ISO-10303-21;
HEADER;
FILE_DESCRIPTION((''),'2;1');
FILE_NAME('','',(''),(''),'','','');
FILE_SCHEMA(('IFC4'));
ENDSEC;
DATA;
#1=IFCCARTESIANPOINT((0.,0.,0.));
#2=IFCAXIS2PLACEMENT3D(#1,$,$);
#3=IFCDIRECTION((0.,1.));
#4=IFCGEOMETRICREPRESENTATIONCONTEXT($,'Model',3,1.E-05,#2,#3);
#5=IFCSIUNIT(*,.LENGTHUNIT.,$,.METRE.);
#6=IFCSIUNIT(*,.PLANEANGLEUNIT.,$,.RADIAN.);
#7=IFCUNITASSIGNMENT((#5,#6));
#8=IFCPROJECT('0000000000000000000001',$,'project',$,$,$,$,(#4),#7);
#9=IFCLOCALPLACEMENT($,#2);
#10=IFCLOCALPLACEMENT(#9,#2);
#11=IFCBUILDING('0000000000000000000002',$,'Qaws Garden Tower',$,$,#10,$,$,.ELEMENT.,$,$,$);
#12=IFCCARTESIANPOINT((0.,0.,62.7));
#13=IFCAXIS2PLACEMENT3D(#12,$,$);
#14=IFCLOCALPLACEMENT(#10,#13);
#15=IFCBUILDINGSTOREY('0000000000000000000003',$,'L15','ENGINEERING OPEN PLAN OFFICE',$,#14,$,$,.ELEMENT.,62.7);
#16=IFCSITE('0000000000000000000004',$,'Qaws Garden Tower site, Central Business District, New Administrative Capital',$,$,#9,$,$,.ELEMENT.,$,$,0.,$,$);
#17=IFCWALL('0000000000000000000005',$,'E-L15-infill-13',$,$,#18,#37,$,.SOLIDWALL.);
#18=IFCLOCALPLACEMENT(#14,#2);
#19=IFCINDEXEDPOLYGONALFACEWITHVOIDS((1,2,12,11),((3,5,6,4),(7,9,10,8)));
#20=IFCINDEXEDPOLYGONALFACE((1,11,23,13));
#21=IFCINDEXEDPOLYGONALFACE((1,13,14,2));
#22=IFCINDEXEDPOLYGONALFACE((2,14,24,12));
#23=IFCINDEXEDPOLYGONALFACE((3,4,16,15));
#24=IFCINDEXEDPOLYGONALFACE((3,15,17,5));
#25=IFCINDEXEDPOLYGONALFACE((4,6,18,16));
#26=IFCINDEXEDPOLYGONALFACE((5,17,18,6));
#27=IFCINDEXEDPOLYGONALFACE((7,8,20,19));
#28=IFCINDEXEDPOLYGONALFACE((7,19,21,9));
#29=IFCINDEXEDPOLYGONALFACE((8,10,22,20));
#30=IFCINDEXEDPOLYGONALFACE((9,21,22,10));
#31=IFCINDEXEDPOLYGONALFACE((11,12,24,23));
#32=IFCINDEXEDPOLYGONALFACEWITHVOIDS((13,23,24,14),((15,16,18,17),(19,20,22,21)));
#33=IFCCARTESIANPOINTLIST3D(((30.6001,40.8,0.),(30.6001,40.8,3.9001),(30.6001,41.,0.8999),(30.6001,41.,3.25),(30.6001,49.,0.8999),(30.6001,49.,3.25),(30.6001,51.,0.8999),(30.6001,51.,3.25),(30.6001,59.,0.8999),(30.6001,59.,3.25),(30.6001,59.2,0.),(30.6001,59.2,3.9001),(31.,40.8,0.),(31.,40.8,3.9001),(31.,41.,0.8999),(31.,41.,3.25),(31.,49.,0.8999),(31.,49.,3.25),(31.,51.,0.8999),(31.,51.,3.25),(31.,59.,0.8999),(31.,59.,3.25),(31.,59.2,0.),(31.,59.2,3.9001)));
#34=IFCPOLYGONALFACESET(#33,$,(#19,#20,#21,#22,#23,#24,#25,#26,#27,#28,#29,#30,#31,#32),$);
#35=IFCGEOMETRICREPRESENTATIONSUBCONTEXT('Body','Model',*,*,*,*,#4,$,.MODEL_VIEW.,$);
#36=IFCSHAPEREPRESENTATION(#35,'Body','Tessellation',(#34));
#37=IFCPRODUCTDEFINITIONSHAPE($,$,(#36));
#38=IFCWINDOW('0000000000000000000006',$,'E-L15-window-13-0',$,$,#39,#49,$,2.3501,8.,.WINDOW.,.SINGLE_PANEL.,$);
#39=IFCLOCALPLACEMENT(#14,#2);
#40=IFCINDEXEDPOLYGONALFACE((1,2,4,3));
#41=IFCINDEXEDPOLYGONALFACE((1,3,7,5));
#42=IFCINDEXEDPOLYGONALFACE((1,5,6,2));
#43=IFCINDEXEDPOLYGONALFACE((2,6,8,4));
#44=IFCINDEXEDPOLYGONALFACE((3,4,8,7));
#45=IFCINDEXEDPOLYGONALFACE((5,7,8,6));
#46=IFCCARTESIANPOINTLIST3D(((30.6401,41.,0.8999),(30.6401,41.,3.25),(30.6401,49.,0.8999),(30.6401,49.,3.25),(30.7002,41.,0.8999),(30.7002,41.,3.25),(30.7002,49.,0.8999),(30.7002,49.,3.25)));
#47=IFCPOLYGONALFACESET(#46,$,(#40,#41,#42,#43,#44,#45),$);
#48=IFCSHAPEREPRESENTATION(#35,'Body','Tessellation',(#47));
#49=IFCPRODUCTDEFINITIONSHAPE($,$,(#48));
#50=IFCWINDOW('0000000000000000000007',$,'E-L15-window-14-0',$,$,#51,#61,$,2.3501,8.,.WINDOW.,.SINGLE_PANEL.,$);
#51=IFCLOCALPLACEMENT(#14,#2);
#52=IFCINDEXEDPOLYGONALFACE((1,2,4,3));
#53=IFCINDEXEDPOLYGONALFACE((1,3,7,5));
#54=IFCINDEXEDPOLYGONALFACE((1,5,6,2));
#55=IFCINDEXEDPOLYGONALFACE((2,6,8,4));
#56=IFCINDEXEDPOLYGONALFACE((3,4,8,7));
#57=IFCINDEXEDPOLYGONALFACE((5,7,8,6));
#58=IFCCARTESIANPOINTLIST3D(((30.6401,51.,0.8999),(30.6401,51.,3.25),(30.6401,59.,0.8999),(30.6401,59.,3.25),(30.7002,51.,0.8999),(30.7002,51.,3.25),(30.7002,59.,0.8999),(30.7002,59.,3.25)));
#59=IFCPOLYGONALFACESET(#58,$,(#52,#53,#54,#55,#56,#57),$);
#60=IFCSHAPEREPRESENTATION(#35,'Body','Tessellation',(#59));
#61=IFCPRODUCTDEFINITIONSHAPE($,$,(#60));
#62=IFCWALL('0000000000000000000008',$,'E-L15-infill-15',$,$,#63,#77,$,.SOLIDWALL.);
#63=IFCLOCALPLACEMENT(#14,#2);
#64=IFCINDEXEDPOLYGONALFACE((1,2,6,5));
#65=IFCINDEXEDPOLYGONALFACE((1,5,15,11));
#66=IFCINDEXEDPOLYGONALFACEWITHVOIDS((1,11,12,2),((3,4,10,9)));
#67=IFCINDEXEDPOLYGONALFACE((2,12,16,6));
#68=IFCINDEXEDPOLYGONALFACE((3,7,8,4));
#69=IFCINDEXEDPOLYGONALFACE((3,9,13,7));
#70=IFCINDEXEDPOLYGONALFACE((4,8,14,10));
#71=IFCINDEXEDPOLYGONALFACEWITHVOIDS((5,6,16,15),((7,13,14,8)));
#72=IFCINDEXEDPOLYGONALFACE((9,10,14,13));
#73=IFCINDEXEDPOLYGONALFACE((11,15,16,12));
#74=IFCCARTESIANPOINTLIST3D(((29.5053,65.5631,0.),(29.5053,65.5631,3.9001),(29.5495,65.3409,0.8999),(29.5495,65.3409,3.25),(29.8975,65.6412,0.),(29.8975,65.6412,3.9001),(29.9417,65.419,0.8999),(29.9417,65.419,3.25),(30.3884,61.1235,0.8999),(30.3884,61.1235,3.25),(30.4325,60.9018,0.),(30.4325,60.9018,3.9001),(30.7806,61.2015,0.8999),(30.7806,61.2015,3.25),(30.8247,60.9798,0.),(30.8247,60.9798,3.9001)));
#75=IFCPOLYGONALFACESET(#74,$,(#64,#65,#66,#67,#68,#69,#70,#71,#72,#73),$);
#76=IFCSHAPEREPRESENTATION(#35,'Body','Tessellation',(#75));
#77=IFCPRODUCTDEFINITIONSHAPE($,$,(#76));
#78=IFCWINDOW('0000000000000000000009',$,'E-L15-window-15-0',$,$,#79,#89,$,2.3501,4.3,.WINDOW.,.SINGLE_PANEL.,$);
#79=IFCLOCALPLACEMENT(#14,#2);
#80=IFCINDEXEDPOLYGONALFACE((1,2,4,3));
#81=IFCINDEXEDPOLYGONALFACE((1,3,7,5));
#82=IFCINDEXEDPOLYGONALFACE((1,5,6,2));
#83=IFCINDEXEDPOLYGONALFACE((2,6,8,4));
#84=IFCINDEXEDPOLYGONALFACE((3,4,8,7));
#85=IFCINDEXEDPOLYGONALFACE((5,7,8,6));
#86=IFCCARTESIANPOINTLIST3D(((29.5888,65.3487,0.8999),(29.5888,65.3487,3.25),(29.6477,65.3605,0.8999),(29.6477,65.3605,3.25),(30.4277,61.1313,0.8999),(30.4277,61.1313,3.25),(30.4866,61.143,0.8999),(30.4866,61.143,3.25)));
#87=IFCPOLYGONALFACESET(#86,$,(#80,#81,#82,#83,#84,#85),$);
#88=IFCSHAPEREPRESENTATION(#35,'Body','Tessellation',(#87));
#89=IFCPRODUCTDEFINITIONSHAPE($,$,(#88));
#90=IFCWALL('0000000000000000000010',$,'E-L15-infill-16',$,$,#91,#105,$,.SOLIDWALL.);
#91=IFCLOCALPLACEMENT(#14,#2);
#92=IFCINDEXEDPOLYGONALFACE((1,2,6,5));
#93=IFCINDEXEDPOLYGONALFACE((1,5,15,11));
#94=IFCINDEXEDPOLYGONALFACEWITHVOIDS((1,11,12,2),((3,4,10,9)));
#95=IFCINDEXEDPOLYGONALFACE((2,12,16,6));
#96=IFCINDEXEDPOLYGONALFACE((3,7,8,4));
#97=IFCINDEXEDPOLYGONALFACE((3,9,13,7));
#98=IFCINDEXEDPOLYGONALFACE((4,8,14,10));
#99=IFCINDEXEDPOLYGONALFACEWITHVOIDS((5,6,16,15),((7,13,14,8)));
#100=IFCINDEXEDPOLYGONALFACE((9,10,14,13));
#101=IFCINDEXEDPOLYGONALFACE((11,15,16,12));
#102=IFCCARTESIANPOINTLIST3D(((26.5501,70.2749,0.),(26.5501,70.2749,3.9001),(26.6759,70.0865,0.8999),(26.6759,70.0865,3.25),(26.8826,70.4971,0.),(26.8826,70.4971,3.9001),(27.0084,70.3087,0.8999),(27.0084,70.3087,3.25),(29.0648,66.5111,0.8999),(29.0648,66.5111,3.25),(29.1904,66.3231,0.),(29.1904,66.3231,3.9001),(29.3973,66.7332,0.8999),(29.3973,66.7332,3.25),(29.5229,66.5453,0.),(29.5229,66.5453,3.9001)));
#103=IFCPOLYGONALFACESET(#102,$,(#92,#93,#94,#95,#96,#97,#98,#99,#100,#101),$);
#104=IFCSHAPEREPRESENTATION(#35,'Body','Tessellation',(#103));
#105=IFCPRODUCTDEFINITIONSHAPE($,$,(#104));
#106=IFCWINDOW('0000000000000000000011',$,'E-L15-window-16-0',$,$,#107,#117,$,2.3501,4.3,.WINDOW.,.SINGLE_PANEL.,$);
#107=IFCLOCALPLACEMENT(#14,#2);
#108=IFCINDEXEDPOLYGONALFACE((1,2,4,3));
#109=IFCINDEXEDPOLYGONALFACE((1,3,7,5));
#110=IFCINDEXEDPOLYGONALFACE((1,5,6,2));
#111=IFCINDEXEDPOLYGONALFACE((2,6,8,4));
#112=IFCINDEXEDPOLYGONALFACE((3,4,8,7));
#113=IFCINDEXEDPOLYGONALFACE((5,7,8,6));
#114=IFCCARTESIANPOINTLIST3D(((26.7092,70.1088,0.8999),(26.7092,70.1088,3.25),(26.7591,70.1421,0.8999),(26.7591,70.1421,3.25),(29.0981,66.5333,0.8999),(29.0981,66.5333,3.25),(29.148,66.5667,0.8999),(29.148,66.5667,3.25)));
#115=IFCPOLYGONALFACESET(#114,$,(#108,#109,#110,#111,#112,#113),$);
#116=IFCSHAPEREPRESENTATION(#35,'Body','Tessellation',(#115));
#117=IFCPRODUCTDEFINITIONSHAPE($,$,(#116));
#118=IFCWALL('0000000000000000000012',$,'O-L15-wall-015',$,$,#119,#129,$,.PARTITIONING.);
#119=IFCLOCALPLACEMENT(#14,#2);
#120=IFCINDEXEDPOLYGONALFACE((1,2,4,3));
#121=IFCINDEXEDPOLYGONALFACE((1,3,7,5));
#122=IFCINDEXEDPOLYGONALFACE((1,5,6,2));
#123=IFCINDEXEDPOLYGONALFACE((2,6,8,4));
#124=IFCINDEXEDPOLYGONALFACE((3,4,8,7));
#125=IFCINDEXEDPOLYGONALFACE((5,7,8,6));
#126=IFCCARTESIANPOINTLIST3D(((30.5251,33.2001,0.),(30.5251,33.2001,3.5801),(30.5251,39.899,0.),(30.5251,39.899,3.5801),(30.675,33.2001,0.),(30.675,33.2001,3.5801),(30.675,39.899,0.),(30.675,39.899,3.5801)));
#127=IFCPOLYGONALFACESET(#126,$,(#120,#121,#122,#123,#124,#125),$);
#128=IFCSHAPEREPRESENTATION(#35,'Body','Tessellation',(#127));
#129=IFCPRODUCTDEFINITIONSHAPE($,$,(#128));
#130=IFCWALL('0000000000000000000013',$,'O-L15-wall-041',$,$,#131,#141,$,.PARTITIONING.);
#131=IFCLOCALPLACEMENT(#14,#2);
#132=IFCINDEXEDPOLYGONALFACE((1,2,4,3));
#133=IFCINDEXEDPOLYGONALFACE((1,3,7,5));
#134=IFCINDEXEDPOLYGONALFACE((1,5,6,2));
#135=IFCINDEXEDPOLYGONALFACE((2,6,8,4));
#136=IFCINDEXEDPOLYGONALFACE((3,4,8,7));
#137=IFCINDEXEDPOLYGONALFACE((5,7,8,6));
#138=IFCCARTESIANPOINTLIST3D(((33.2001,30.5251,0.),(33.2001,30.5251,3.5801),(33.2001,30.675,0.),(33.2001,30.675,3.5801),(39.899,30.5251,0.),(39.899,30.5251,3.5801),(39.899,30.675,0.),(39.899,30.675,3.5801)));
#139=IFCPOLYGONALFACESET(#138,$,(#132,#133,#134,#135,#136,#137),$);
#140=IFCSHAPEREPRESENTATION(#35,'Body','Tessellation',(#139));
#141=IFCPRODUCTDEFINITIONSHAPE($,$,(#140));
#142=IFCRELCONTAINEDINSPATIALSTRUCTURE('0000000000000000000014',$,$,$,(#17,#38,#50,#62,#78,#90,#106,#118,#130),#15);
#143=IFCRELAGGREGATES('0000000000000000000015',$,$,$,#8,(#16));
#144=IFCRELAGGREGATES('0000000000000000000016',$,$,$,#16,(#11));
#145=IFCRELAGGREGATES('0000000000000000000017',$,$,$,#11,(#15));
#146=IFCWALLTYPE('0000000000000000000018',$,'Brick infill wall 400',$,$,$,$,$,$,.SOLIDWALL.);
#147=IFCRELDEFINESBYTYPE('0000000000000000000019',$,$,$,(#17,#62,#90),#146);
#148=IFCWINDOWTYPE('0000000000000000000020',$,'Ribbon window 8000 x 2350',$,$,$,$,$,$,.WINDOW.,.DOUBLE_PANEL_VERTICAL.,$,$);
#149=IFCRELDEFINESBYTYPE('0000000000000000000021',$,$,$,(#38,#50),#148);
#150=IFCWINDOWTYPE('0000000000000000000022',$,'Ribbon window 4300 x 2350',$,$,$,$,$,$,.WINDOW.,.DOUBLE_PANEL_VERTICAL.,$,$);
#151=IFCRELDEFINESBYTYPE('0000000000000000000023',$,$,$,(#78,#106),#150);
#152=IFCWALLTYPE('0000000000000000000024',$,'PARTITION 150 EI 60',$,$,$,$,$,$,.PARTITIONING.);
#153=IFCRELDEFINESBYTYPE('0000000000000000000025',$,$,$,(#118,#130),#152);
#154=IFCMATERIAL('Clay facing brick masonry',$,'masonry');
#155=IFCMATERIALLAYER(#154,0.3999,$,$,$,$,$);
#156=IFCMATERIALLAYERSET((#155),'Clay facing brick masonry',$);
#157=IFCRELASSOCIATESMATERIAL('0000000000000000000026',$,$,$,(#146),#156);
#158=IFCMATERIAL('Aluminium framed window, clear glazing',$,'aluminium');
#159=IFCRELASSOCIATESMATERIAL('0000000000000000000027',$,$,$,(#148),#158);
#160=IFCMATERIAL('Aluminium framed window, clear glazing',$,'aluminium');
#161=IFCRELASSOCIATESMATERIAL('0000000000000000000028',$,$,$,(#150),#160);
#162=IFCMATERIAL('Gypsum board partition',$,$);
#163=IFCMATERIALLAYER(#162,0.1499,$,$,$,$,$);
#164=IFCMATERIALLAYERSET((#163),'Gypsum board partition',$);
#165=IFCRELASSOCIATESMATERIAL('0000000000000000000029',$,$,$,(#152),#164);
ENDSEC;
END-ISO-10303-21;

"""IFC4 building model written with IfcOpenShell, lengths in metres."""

from ifc_helpers import new_model, si_unit, direction, frame, frame_2d, origin, place, context, subcontext, project, spatial, rectangle, extrude, material, layer, layer_set, type_object, element, fill, save


model = new_model("IFC4")

# Units and contexts
model_context = context("Model", 3, precision=1e-05, world=origin(), true_north=direction((0.0, 1.0)))
body_context = subcontext(model_context, "Body", "Model", "MODEL_VIEW")
ifc_project = project(units=[si_unit("LENGTHUNIT", "METRE"), si_unit("PLANEANGLEUNIT", "RADIAN")], contexts=[model_context])

# Site, building, storey
site_placement = place(None, origin())
site = spatial("IfcSite", under=ifc_project, at=site_placement, Name="Qaws Garden Tower site, Central Business District, New Administrative Capital", CompositionType="ELEMENT", RefElevation=0.0)
building_placement = place(site_placement, origin())
building = spatial("IfcBuilding", under=site, at=building_placement, Name="Qaws Garden Tower", CompositionType="ELEMENT")
storey_placement = place(building_placement, frame((0.0, 0.0, 62.7)))
storey = spatial("IfcBuildingStorey", under=building, at=storey_placement, Name="L15", Description="ENGINEERING OPEN PLAN OFFICE", CompositionType="ELEMENT", Elevation=62.7)

# Shared definitions
ifc_material_1 = material(Name="Clay facing brick masonry", Category="masonry")
ifc_layer_1 = layer(ifc_material_1, 0.3999)
ifc_layer_set_1 = layer_set([ifc_layer_1], Name="Clay facing brick masonry")
wall_type_1 = type_object("IfcWallType", Name="Brick infill wall 400", PredefinedType="SOLIDWALL", material=ifc_layer_set_1)
ifc_material_2 = material(Name="Aluminium framed window, clear glazing", Category="aluminium")
window_type_1 = type_object("IfcWindowType", Name="Ribbon window 8000 x 2350", PartitioningType="DOUBLE_PANEL_VERTICAL", PredefinedType="WINDOW", material=ifc_material_2)

# Wall, openings, windows
wall_1_placement = place(storey_placement, frame((30.8, 40.8, 0.0), z_axis=(0.0, 0.0, 1.0), x_axis=(0.0, 1.0, 0.0)))
wall_1 = element("IfcWall", 1, at=wall_1_placement, inside=storey, type_object=wall_type_1, Name="E-L15-infill-13", PredefinedType="SOLIDWALL", context=body_context, shape_type="SweptSolid", body=[
    extrude(rectangle(XDim=18.3999, YDim=0.3999, at=frame_2d((9.2, 0.0))), origin(), (0.0, 0.0, 1.0), 3.9001),
])
opening_1_placement = place(wall_1_placement, frame((0.2, 0.0, 0.8999)))
opening_1 = element("IfcOpeningElement", 2, at=opening_1_placement, cuts=wall_1, PredefinedType="OPENING", context=body_context, shape_type="SweptSolid", body=[
    extrude(rectangle(XDim=8.0, YDim=2.3501, at=frame_2d((4.0, 1.175))), frame((0.0, 0.21, 0.0), z_axis=(0.0, -1.0, 0.0), x_axis=(1.0, 0.0, 0.0)), (0.0, 0.0, 1.0), 0.4199),
])
opening_2_placement = place(wall_1_placement, frame((10.2, 0.0, 0.8999)))
opening_2 = element("IfcOpeningElement", 3, at=opening_2_placement, cuts=wall_1, PredefinedType="OPENING", context=body_context, shape_type="SweptSolid", body=[
    extrude(rectangle(XDim=8.0, YDim=2.3501, at=frame_2d((4.0, 1.175))), frame((0.0, 0.21, 0.0), z_axis=(0.0, -1.0, 0.0), x_axis=(1.0, 0.0, 0.0)), (0.0, 0.0, 1.0), 0.4199),
])
window_1_placement = place(opening_1_placement, origin())
window_1 = element("IfcWindow", 4, at=window_1_placement, inside=storey, type_object=window_type_1, Name="E-L15-window-13-0", OverallHeight=2.3501, OverallWidth=8.0, PartitioningType="SINGLE_PANEL", PredefinedType="WINDOW", context=body_context, shape_type="SweptSolid", body=[
    extrude(rectangle(XDim=8.0, YDim=2.3501, at=frame_2d((4.0, 1.175))), frame((0.0, 0.1599, 0.0), z_axis=(0.0, -1.0, 0.0), x_axis=(1.0, 0.0, 0.0)), (0.0, 0.0, 1.0), 0.0601),
])
fill(opening_1, window_1)
window_2_placement = place(opening_2_placement, origin())
window_2 = element("IfcWindow", 5, at=window_2_placement, inside=storey, type_object=window_type_1, Name="E-L15-window-14-0", OverallHeight=2.3501, OverallWidth=8.0, PartitioningType="SINGLE_PANEL", PredefinedType="WINDOW", context=body_context, shape_type="SweptSolid", body=[
    extrude(rectangle(XDim=8.0, YDim=2.3501, at=frame_2d((4.0, 1.175))), frame((0.0, 0.1599, 0.0), z_axis=(0.0, -1.0, 0.0), x_axis=(1.0, 0.0, 0.0)), (0.0, 0.0, 1.0), 0.0601),
])
fill(opening_2, window_2)

# Walls, openings, windows
wall_2_placement = place(storey_placement, frame((30.6287, 60.9407, 0.0), z_axis=(0.0, 0.0, 1.0), x_axis=(-0.195099, 0.980784, 0.0)))
wall_2 = element("IfcWall", 6, at=wall_2_placement, inside=storey, type_object=wall_type_1, Name="E-L15-infill-15", PredefinedType="SOLIDWALL", context=body_context, shape_type="SweptSolid", body=[
    extrude(rectangle(XDim=4.7527, YDim=0.3999, at=frame_2d((2.3765, 0.0))), origin(), (0.0, 0.0, 1.0), 3.9001),
])
opening_3_placement = place(wall_2_placement, frame((0.2263, 0.0, 0.8999)))
opening_3 = element("IfcOpeningElement", 7, at=opening_3_placement, cuts=wall_2, PredefinedType="OPENING", context=body_context, shape_type="SweptSolid", body=[
    extrude(rectangle(XDim=4.3, YDim=2.3501, at=frame_2d((2.1499, 1.175))), frame((0.0, 0.21, 0.0), z_axis=(0.0, -1.0, 0.0), x_axis=(1.0, 0.0, 0.0)), (0.0, 0.0, 1.0), 0.4199),
])
ifc_material_3 = material(Name="Aluminium framed window, clear glazing", Category="aluminium")
window_type_2 = type_object("IfcWindowType", Name="Ribbon window 4300 x 2350", PartitioningType="DOUBLE_PANEL_VERTICAL", PredefinedType="WINDOW", material=ifc_material_3)
window_3_placement = place(opening_3_placement, origin())
window_3 = element("IfcWindow", 8, at=window_3_placement, inside=storey, type_object=window_type_2, Name="E-L15-window-15-0", OverallHeight=2.3501, OverallWidth=4.3, PartitioningType="SINGLE_PANEL", PredefinedType="WINDOW", context=body_context, shape_type="SweptSolid", body=[
    extrude(rectangle(XDim=4.3, YDim=2.3501, at=frame_2d((2.1499, 1.175))), frame((0.0, 0.1599, 0.0), z_axis=(0.0, -1.0, 0.0), x_axis=(1.0, 0.0, 0.0)), (0.0, 0.0, 1.0), 0.0601),
])
fill(opening_3, window_3)
wall_3_placement = place(storey_placement, frame((29.3567, 66.4341, 0.0), z_axis=(0.0, 0.0, 1.0), x_axis=(-0.555542, 0.831489, 0.0)))
wall_3 = element("IfcWall", 9, at=wall_3_placement, inside=storey, type_object=wall_type_1, Name="E-L15-infill-16", PredefinedType="SOLIDWALL", context=body_context, shape_type="SweptSolid", body=[
    extrude(rectangle(XDim=4.7527, YDim=0.3999, at=frame_2d((2.3765, 0.0))), origin(), (0.0, 0.0, 1.0), 3.9001),
])
opening_4_placement = place(wall_3_placement, frame((0.2263, 0.0, 0.8999)))
opening_4 = element("IfcOpeningElement", 10, at=opening_4_placement, cuts=wall_3, PredefinedType="OPENING", context=body_context, shape_type="SweptSolid", body=[
    extrude(rectangle(XDim=4.3, YDim=2.3501, at=frame_2d((2.1499, 1.175))), frame((0.0, 0.21, 0.0), z_axis=(0.0, -1.0, 0.0), x_axis=(1.0, 0.0, 0.0)), (0.0, 0.0, 1.0), 0.4199),
])
window_4_placement = place(opening_4_placement, origin())
window_4 = element("IfcWindow", 11, at=window_4_placement, inside=storey, type_object=window_type_2, Name="E-L15-window-16-0", OverallHeight=2.3501, OverallWidth=4.3, PartitioningType="SINGLE_PANEL", PredefinedType="WINDOW", context=body_context, shape_type="SweptSolid", body=[
    extrude(rectangle(XDim=4.3, YDim=2.3501, at=frame_2d((2.1499, 1.175))), frame((0.0, 0.1599, 0.0), z_axis=(0.0, -1.0, 0.0), x_axis=(1.0, 0.0, 0.0)), (0.0, 0.0, 1.0), 0.0601),
])
fill(opening_4, window_4)

# Walls
ifc_material_4 = material(Name="Gypsum board partition")
ifc_layer_2 = layer(ifc_material_4, 0.1499)
ifc_layer_set_2 = layer_set([ifc_layer_2], Name="Gypsum board partition")
wall_type_2 = type_object("IfcWallType", Name="PARTITION 150 EI 60", PredefinedType="PARTITIONING", material=ifc_layer_set_2)
for number, where, z_axis, x_axis, name in (
    (12, (30.6001, 33.2, 0.0), (0.0, 0.0, 1.0), (0.0, 1.0, 0.0), "O-L15-wall-015"),
    (13, (33.2, 30.6001, 0.0), (0.0, 0.0, 1.0), (1.0, 0.0, 0.0), "O-L15-wall-041"),
):
    element("IfcWall", number, at=place(storey_placement, frame(where, z_axis=z_axis, x_axis=x_axis)), inside=storey, type_object=wall_type_2, Name=name, PredefinedType="PARTITIONING", context=body_context, shape_type="SweptSolid", body=[
        extrude(rectangle(XDim=6.699, YDim=0.1499, at=frame_2d((3.3496, 0.0))), origin(), (0.0, 0.0, 1.0), 3.5801),
    ])

save(model, "model.ifc")
